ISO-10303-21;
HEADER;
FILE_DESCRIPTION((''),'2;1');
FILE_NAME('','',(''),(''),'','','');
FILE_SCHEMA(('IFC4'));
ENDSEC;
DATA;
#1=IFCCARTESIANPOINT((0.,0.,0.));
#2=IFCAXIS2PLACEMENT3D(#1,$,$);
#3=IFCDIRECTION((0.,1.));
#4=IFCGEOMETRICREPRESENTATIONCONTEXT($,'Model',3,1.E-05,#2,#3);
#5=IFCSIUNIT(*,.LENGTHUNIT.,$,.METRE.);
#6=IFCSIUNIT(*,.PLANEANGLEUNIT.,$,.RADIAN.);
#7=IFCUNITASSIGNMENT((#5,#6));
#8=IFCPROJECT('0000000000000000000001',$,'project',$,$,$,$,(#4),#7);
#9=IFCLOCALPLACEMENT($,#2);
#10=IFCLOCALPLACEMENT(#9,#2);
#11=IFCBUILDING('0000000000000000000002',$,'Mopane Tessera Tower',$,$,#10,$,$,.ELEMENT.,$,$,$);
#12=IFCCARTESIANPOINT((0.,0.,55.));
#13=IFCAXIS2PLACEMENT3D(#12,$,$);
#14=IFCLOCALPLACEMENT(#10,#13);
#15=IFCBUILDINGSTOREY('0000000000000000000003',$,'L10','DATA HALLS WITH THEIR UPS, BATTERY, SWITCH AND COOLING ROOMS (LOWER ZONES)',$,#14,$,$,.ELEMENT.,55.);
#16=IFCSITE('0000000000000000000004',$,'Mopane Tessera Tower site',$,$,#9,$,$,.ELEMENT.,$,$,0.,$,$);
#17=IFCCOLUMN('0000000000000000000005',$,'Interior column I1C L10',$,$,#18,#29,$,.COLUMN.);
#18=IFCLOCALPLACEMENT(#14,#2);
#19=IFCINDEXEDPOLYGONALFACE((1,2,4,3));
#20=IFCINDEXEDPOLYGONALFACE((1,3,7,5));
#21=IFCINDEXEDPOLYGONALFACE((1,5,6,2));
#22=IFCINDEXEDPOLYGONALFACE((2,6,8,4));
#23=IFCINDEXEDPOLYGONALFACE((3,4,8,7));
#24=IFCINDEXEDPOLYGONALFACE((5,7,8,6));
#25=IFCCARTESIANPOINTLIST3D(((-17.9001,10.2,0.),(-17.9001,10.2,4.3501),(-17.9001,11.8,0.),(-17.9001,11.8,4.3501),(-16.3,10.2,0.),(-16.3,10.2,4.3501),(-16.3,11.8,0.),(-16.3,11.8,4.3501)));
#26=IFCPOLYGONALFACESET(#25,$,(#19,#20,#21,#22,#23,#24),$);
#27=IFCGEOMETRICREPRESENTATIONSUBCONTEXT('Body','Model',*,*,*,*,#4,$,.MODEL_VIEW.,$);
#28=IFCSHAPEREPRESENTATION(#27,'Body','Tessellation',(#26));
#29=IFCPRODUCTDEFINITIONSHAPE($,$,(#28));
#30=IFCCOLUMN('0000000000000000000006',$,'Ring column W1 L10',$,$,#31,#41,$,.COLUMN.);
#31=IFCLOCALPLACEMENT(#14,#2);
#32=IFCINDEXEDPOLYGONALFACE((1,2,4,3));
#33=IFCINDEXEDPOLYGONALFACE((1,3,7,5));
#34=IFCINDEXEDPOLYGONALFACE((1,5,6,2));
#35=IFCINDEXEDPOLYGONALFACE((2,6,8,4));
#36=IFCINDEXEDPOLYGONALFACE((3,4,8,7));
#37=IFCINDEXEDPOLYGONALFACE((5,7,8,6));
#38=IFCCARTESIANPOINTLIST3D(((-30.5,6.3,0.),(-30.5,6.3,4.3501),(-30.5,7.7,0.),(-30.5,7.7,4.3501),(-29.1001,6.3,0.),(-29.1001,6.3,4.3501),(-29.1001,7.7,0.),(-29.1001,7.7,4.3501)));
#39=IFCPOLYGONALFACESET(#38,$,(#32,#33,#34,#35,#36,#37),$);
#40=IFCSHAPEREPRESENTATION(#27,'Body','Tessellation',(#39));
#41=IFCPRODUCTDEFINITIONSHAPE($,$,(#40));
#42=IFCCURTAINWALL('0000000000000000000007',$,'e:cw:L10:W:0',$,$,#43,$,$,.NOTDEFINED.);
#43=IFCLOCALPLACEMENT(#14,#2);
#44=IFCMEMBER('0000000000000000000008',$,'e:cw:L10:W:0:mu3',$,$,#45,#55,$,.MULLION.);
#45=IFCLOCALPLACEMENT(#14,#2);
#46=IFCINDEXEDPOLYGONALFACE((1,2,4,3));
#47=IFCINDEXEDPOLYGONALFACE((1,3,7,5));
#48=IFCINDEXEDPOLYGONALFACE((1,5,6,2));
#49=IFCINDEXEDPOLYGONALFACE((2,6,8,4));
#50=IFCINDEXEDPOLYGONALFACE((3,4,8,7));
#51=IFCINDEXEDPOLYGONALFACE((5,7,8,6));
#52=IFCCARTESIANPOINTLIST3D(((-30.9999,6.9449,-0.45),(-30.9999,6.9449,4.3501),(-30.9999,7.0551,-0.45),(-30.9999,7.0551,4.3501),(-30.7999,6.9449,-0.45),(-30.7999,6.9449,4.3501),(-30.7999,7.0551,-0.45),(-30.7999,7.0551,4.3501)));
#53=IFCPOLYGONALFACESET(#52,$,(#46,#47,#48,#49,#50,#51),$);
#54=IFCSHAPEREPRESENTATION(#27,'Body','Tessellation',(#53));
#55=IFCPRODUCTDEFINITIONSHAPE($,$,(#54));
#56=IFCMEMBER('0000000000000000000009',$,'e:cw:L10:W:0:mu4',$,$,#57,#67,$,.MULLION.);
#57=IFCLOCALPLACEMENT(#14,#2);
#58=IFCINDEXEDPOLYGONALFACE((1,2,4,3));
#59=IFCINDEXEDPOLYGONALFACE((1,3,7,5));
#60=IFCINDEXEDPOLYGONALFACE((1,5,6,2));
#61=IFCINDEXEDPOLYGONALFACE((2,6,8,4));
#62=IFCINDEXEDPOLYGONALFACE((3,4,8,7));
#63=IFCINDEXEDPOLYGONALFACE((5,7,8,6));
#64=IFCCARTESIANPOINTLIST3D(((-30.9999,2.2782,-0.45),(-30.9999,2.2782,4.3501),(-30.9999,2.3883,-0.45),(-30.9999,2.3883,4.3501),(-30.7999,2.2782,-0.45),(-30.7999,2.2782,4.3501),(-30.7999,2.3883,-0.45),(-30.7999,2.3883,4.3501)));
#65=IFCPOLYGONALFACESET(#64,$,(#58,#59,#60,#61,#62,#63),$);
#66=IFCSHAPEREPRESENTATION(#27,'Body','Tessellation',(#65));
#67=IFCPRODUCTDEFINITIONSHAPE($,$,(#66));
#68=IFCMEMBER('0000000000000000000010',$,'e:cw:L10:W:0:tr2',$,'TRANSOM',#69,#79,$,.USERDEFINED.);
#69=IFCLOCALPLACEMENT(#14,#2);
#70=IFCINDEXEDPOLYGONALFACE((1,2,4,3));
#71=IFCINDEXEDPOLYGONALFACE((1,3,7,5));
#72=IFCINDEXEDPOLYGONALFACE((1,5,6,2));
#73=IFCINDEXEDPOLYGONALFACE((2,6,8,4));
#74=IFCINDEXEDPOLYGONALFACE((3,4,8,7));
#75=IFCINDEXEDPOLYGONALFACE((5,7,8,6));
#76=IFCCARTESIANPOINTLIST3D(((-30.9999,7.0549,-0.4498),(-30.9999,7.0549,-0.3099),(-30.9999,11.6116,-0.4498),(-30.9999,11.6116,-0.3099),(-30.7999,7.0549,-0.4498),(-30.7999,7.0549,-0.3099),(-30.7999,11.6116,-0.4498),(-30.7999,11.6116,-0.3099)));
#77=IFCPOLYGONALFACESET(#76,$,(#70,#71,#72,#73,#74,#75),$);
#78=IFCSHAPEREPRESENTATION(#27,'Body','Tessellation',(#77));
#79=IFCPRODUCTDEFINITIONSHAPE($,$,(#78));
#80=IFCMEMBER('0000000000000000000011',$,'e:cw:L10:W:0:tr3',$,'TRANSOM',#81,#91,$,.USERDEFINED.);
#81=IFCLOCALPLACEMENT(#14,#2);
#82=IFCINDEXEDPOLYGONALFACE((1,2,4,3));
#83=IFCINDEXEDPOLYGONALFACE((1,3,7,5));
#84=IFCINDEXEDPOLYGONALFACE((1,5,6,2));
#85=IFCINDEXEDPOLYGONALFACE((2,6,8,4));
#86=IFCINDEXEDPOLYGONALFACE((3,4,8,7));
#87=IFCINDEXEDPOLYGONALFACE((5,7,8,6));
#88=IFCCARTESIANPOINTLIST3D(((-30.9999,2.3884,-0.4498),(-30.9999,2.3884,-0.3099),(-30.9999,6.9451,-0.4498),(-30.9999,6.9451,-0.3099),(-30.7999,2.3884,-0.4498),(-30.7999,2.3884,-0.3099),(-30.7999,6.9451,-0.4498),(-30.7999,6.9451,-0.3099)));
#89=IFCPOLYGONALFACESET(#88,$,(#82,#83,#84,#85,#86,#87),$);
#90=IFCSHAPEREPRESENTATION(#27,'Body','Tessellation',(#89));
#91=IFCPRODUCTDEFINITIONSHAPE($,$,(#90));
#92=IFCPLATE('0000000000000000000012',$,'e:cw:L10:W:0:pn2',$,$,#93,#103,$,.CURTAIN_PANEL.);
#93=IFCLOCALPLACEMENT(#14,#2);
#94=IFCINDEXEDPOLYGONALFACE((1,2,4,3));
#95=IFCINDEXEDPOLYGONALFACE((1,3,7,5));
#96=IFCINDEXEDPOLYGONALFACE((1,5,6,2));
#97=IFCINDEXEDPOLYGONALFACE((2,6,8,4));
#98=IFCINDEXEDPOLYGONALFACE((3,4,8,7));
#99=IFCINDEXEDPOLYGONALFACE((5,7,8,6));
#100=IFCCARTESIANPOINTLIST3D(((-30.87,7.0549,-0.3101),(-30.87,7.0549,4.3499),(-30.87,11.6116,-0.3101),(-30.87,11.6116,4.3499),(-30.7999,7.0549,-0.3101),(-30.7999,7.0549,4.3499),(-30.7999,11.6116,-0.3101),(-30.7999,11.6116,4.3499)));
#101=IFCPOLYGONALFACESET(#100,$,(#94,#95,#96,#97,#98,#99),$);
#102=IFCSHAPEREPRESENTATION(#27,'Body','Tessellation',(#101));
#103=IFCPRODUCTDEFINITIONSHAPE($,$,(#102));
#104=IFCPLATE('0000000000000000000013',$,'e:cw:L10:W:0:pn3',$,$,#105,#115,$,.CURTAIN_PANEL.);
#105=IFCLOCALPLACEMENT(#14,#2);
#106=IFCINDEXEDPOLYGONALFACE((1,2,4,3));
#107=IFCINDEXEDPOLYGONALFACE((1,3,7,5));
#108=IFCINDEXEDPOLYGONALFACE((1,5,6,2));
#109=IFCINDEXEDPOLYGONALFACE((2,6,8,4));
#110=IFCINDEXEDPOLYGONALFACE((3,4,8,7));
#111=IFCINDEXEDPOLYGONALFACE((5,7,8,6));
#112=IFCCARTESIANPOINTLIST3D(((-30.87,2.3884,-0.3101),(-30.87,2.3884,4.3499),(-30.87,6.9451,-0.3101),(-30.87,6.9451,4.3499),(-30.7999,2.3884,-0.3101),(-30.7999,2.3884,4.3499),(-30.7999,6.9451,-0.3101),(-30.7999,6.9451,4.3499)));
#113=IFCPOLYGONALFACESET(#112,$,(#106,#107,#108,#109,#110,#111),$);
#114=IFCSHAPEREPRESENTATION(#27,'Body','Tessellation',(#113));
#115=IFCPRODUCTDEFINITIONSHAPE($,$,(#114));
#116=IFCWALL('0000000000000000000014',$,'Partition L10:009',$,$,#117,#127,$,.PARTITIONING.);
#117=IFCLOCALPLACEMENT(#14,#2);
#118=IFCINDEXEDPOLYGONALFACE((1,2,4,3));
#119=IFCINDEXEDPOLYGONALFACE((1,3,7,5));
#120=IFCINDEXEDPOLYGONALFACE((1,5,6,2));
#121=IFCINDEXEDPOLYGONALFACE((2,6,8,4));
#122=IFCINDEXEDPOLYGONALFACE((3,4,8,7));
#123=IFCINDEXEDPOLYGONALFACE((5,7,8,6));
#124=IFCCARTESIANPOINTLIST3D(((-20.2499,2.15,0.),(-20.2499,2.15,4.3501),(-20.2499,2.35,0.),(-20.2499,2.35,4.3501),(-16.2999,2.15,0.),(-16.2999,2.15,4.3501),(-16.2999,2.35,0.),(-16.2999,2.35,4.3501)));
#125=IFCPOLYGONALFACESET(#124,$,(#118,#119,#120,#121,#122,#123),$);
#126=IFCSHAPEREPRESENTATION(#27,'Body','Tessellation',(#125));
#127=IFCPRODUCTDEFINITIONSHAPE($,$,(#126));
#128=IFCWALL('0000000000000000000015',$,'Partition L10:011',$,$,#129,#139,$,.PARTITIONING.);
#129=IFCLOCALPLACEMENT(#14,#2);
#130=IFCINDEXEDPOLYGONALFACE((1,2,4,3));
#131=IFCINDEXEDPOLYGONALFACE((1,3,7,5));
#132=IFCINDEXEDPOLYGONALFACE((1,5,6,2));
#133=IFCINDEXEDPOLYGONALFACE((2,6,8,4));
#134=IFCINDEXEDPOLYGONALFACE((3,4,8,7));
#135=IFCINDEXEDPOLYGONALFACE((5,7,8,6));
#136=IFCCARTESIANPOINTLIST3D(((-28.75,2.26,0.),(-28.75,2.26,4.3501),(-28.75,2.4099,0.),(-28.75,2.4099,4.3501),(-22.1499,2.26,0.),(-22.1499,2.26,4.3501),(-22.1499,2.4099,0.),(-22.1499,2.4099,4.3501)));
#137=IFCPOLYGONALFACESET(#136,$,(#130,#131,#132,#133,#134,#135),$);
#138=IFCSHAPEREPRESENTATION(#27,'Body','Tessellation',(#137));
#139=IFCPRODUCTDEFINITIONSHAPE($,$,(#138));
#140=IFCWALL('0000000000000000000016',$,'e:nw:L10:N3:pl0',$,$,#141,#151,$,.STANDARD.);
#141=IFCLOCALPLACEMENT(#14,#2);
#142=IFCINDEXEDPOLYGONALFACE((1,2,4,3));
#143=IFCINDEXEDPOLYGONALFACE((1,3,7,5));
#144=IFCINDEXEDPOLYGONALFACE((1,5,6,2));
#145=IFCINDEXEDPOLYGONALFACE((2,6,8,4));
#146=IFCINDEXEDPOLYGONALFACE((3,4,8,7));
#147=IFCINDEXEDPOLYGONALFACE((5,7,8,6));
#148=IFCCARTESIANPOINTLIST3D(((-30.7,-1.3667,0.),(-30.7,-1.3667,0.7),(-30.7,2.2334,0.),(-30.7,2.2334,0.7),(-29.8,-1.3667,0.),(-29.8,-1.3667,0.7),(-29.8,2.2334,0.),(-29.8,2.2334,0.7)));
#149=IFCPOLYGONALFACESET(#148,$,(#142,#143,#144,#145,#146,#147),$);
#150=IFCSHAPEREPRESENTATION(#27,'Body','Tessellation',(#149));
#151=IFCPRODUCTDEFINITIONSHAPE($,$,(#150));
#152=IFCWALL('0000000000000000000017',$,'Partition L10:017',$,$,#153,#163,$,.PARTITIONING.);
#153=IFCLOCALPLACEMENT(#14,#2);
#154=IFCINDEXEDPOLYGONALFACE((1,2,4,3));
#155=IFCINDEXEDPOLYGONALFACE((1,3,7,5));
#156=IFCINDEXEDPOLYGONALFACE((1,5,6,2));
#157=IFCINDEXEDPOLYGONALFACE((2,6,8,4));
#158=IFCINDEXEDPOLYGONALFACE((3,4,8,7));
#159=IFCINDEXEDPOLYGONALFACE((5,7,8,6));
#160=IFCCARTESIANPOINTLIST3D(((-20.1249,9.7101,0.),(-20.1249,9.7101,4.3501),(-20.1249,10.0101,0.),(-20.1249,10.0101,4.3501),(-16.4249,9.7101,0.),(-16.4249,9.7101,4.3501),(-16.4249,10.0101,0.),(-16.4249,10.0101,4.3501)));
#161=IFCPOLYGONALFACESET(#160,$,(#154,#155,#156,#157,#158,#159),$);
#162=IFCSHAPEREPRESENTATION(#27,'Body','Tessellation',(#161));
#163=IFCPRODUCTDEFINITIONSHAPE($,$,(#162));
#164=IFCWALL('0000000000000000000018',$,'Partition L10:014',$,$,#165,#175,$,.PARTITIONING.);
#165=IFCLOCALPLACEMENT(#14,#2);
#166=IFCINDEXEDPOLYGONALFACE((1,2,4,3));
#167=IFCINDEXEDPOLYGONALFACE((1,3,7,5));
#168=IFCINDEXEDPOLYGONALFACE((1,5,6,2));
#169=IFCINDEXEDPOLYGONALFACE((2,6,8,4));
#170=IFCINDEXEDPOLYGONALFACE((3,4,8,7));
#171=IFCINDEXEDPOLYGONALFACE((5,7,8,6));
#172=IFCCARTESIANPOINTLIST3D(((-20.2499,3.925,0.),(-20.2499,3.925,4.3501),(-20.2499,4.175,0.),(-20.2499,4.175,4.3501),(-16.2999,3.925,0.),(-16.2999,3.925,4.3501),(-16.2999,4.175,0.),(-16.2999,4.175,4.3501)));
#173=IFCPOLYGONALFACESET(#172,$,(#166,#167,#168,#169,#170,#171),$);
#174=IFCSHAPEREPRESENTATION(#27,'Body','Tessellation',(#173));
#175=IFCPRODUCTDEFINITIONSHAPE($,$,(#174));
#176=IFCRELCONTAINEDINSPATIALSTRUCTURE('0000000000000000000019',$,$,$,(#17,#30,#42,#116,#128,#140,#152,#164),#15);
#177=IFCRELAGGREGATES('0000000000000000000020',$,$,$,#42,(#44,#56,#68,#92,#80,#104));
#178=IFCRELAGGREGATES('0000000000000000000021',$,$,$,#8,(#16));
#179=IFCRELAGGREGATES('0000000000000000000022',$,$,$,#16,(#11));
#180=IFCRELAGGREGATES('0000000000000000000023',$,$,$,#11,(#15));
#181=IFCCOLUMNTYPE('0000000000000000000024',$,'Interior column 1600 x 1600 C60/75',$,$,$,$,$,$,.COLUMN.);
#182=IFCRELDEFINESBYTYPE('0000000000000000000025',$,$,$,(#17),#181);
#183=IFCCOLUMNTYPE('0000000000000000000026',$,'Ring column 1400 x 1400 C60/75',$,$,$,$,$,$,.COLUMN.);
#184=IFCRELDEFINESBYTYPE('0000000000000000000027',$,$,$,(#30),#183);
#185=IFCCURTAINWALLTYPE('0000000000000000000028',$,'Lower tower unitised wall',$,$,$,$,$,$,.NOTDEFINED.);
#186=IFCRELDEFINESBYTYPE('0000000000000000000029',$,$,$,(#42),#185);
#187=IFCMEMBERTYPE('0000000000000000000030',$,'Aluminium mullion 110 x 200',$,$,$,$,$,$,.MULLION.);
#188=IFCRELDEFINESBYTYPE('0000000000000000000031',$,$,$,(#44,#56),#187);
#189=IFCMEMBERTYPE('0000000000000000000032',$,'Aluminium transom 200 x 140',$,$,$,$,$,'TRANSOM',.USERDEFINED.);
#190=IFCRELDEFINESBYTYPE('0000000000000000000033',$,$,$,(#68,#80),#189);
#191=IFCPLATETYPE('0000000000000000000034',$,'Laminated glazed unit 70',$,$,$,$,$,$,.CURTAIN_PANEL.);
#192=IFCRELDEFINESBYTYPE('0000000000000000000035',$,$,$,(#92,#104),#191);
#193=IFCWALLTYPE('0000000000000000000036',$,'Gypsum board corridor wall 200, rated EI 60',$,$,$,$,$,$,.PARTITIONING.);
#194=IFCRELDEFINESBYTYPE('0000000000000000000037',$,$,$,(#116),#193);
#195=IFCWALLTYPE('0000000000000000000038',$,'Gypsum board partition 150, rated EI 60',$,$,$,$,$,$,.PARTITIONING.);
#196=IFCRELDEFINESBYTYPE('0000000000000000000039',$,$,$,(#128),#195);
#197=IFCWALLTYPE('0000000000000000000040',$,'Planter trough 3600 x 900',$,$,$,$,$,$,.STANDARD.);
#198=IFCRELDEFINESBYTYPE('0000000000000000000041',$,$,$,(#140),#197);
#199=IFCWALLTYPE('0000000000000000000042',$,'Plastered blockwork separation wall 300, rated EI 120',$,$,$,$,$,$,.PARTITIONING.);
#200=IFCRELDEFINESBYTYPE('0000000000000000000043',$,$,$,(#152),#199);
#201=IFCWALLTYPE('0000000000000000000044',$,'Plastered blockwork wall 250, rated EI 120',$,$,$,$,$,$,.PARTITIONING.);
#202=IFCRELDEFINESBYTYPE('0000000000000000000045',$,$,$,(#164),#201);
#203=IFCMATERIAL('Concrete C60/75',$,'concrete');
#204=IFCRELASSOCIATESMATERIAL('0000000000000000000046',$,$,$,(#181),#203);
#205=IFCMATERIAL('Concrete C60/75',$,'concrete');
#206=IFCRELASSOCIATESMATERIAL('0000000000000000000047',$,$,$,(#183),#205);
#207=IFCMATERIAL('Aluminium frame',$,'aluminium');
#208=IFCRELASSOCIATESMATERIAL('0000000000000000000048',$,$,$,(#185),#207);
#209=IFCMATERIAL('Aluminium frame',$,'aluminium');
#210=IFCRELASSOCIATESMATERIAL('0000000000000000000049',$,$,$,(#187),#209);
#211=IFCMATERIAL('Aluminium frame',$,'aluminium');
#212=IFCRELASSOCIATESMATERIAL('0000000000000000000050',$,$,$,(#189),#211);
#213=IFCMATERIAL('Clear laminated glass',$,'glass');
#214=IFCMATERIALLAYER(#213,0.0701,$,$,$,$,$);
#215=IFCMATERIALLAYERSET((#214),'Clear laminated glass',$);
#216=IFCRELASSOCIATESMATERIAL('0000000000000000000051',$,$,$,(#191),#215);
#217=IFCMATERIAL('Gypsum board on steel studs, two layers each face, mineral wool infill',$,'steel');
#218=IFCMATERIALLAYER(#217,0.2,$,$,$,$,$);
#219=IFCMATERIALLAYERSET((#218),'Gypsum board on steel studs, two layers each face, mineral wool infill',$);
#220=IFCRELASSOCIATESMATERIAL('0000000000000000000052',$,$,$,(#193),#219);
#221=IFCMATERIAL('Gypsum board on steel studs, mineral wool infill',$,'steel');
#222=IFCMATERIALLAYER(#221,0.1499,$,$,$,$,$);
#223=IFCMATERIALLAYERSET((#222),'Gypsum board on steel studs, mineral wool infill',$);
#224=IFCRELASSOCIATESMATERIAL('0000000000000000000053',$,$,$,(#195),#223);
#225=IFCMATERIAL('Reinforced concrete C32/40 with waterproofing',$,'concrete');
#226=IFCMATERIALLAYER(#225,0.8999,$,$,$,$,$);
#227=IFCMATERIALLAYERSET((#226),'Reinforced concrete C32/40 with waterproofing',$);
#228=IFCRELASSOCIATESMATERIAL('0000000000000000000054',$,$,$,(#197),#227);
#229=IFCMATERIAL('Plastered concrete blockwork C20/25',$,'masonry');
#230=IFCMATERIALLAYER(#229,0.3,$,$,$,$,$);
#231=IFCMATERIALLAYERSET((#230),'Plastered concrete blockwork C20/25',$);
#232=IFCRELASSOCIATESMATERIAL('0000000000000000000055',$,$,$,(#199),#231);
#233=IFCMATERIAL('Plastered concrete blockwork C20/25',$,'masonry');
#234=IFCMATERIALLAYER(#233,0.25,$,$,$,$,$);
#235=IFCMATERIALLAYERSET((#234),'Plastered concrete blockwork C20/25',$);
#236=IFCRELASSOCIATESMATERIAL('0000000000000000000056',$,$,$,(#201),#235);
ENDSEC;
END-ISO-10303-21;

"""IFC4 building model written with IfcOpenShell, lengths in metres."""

from ifc_helpers import new_model, si_unit, direction, frame, frame_2d, origin, origin_2d, place, context, subcontext, project, spatial, rectangle, extrude, material, layer, layer_set, material_profile, profile_set, type_object, element, aggregate, save


model = new_model("IFC4")

# Units and contexts
model_context = context("Model", 3, precision=1e-05, world=origin(), true_north=direction((0.0, 1.0)))
body_context = subcontext(model_context, "Body", "Model", "MODEL_VIEW")
ifc_project = project(units=[si_unit("LENGTHUNIT", "METRE"), si_unit("PLANEANGLEUNIT", "RADIAN")], contexts=[model_context])

# Site, building, storey
site_placement = place(None, origin())
site = spatial("IfcSite", under=ifc_project, at=site_placement, Name="Mopane Tessera Tower site", CompositionType="ELEMENT", RefElevation=0.0)
building_placement = place(site_placement, origin())
building = spatial("IfcBuilding", under=site, at=building_placement, Name="Mopane Tessera Tower", CompositionType="ELEMENT")
storey_placement = place(building_placement, frame((0.0, 0.0, 55.0)))
storey = spatial("IfcBuildingStorey", under=building, at=storey_placement, Name="L10", Description="DATA HALLS WITH THEIR UPS, BATTERY, SWITCH AND COOLING ROOMS (LOWER ZONES)", CompositionType="ELEMENT", Elevation=55.0)

# Columns
ifc_material_1 = material(Name="Concrete C60/75", Category="concrete")
ifc_material_profile_1 = material_profile(ifc_material_1, rectangle(XDim=1.6001, YDim=1.6001, at=origin_2d()))
ifc_profile_set_1 = profile_set([ifc_material_profile_1], Name="Concrete C60/75")
column_type_1 = type_object("IfcColumnType", Name="Interior column 1600 x 1600 C60/75", PredefinedType="COLUMN", material=ifc_profile_set_1)
column_1_placement = place(storey_placement, frame((-17.1001, 11.0, 0.0), z_axis=(0.0, 0.0, 1.0), x_axis=(1.0, 0.0, 0.0)))
element("IfcColumn", 1, at=column_1_placement, inside=storey, type_object=column_type_1, Name="Interior column I1C L10", PredefinedType="COLUMN", context=body_context, shape_type="SweptSolid", body=[
    extrude(rectangle(XDim=1.6001, YDim=1.6001, at=origin_2d()), origin(), (0.0, 0.0, 1.0), 4.3501),
])
ifc_material_2 = material(Name="Concrete C60/75", Category="concrete")
ifc_material_profile_2 = material_profile(ifc_material_2, rectangle(XDim=1.3999, YDim=1.3999, at=origin_2d()))
ifc_profile_set_2 = profile_set([ifc_material_profile_2], Name="Concrete C60/75")
column_type_2 = type_object("IfcColumnType", Name="Ring column 1400 x 1400 C60/75", PredefinedType="COLUMN", material=ifc_profile_set_2)
column_2_placement = place(storey_placement, frame((-29.8, 7.0, 0.0), z_axis=(0.0, 0.0, 1.0), x_axis=(1.0, 0.0, 0.0)))
element("IfcColumn", 2, at=column_2_placement, inside=storey, type_object=column_type_2, Name="Ring column W1 L10", PredefinedType="COLUMN", context=body_context, shape_type="SweptSolid", body=[
    extrude(rectangle(XDim=1.3999, YDim=1.3999, at=origin_2d()), origin(), (0.0, 0.0, 1.0), 4.3501),
])

# Curtain wall, members, plates
ifc_material_3 = material(Name="Aluminium frame", Category="aluminium")
curtain_wall_type = type_object("IfcCurtainWallType", Name="Lower tower unitised wall", PredefinedType="NOTDEFINED", material=ifc_material_3)
curtain_wall_placement = place(storey_placement, origin())
curtain_wall = element("IfcCurtainWall", 3, at=curtain_wall_placement, inside=storey, type_object=curtain_wall_type, Name="e:cw:L10:W:0", PredefinedType="NOTDEFINED")
ifc_material_4 = material(Name="Aluminium frame", Category="aluminium")
ifc_material_profile_3 = material_profile(ifc_material_4, rectangle(XDim=0.1101, YDim=0.2, at=origin_2d()))
ifc_profile_set_3 = profile_set([ifc_material_profile_3], Name="Aluminium frame")
member_type_1 = type_object("IfcMemberType", Name="Aluminium mullion 110 x 200", PredefinedType="MULLION", material=ifc_profile_set_3)
member_1_placement = place(storey_placement, frame((-30.8999, 7.0, -0.45), z_axis=(0.0, 0.0, 1.0), x_axis=(0.0, -1.0, 0.0)))
member_1 = element("IfcMember", 4, at=member_1_placement, type_object=member_type_1, Name="e:cw:L10:W:0:mu3", PredefinedType="MULLION", context=body_context, shape_type="SweptSolid", body=[
    extrude(rectangle(XDim=0.1101, YDim=0.2, at=origin_2d()), origin(), (0.0, 0.0, 1.0), 4.8),
])
member_2_placement = place(storey_placement, frame((-30.8999, 2.3333, -0.45), z_axis=(0.0, 0.0, 1.0), x_axis=(0.0, -1.0, 0.0)))
member_2 = element("IfcMember", 5, at=member_2_placement, type_object=member_type_1, Name="e:cw:L10:W:0:mu4", PredefinedType="MULLION", context=body_context, shape_type="SweptSolid", body=[
    extrude(rectangle(XDim=0.1101, YDim=0.2, at=origin_2d()), origin(), (0.0, 0.0, 1.0), 4.8),
])
ifc_material_5 = material(Name="Aluminium frame", Category="aluminium")
ifc_material_profile_4 = material_profile(ifc_material_5, rectangle(XDim=0.2, YDim=0.1399, at=origin_2d()))
ifc_profile_set_4 = profile_set([ifc_material_profile_4], Name="Aluminium frame")
member_type_2 = type_object("IfcMemberType", Name="Aluminium transom 200 x 140", ElementType="TRANSOM", PredefinedType="USERDEFINED", material=ifc_profile_set_4)
member_3_placement = place(storey_placement, frame((-30.8999, 11.6116, -0.3799), z_axis=(0.0, -1.0, 0.0), x_axis=(1.0, 0.0, 0.0)))
member_3 = element("IfcMember", 6, at=member_3_placement, type_object=member_type_2, Name="e:cw:L10:W:0:tr2", ObjectType="TRANSOM", PredefinedType="USERDEFINED", context=body_context, shape_type="SweptSolid", body=[
    extrude(rectangle(XDim=0.2, YDim=0.1399, at=origin_2d()), origin(), (0.0, 0.0, 1.0), 4.5566),
])
member_4_placement = place(storey_placement, frame((-30.8999, 6.9451, -0.3799), z_axis=(0.0, -1.0, 0.0), x_axis=(1.0, 0.0, 0.0)))
member_4 = element("IfcMember", 7, at=member_4_placement, type_object=member_type_2, Name="e:cw:L10:W:0:tr3", ObjectType="TRANSOM", PredefinedType="USERDEFINED", context=body_context, shape_type="SweptSolid", body=[
    extrude(rectangle(XDim=0.2, YDim=0.1399, at=origin_2d()), origin(), (0.0, 0.0, 1.0), 4.5566),
])
ifc_material_6 = material(Name="Clear laminated glass", Category="glass")
ifc_layer_1 = layer(ifc_material_6, 0.0701)
ifc_layer_set_1 = layer_set([ifc_layer_1], Name="Clear laminated glass")
plate_type = type_object("IfcPlateType", Name="Laminated glazed unit 70", PredefinedType="CURTAIN_PANEL", material=ifc_layer_set_1)
plate_1_placement = place(storey_placement, frame((-30.835, 9.3333, -0.3101), z_axis=(0.0, 0.0, 1.0), x_axis=(0.0, -1.0, 0.0)))
plate_1 = element("IfcPlate", 8, at=plate_1_placement, type_object=plate_type, Name="e:cw:L10:W:0:pn2", PredefinedType="CURTAIN_PANEL", context=body_context, shape_type="SweptSolid", body=[
    extrude(rectangle(XDim=4.5566, YDim=0.0701, at=origin_2d()), origin(), (0.0, 0.0, 1.0), 4.6599),
])
plate_2_placement = place(storey_placement, frame((-30.835, 4.6667, -0.3101), z_axis=(0.0, 0.0, 1.0), x_axis=(0.0, -1.0, 0.0)))
plate_2 = element("IfcPlate", 9, at=plate_2_placement, type_object=plate_type, Name="e:cw:L10:W:0:pn3", PredefinedType="CURTAIN_PANEL", context=body_context, shape_type="SweptSolid", body=[
    extrude(rectangle(XDim=4.5566, YDim=0.0701, at=origin_2d()), origin(), (0.0, 0.0, 1.0), 4.6599),
])
aggregate(curtain_wall, [member_1, member_2, member_3, plate_1, member_4, plate_2])

# Walls
ifc_material_7 = material(Name="Gypsum board on steel studs, two layers each face, mineral wool infill", Category="steel")
ifc_layer_2 = layer(ifc_material_7, 0.2)
ifc_layer_set_2 = layer_set([ifc_layer_2], Name="Gypsum board on steel studs, two layers each face, mineral wool infill")
wall_type_1 = type_object("IfcWallType", Name="Gypsum board corridor wall 200, rated EI 60", PredefinedType="PARTITIONING", material=ifc_layer_set_2)
wall_1_placement = place(storey_placement, frame((-20.25, 2.25, 0.0), z_axis=(0.0, 0.0, 1.0), x_axis=(1.0, 0.0, 0.0)))
element("IfcWall", 10, at=wall_1_placement, inside=storey, type_object=wall_type_1, Name="Partition L10:009", PredefinedType="PARTITIONING", context=body_context, shape_type="SweptSolid", body=[
    extrude(rectangle(XDim=3.95, YDim=0.2, at=frame_2d((1.9751, 0.0))), origin(), (0.0, 0.0, 1.0), 4.3501),
])
ifc_material_8 = material(Name="Gypsum board on steel studs, mineral wool infill", Category="steel")
ifc_layer_3 = layer(ifc_material_8, 0.1499)
ifc_layer_set_3 = layer_set([ifc_layer_3], Name="Gypsum board on steel studs, mineral wool infill")
wall_type_2 = type_object("IfcWallType", Name="Gypsum board partition 150, rated EI 60", PredefinedType="PARTITIONING", material=ifc_layer_set_3)
wall_2_placement = place(storey_placement, frame((-28.75, 2.335, 0.0), z_axis=(0.0, 0.0, 1.0), x_axis=(1.0, 0.0, 0.0)))
element("IfcWall", 11, at=wall_2_placement, inside=storey, type_object=wall_type_2, Name="Partition L10:011", PredefinedType="PARTITIONING", context=body_context, shape_type="SweptSolid", body=[
    extrude(rectangle(XDim=6.6001, YDim=0.1499, at=frame_2d((3.3, 0.0))), origin(), (0.0, 0.0, 1.0), 4.3501),
])
ifc_material_9 = material(Name="Reinforced concrete C32/40 with waterproofing", Category="concrete")
ifc_layer_4 = layer(ifc_material_9, 0.8999)
ifc_layer_set_4 = layer_set([ifc_layer_4], Name="Reinforced concrete C32/40 with waterproofing")
wall_type_3 = type_object("IfcWallType", Name="Planter trough 3600 x 900", PredefinedType="STANDARD", material=ifc_layer_set_4)
wall_3_placement = place(storey_placement, frame((-30.25, 2.2334, 0.0), z_axis=(0.0, 0.0, 1.0), x_axis=(0.0, -1.0, 0.0)))
element("IfcWall", 12, at=wall_3_placement, inside=storey, type_object=wall_type_3, Name="e:nw:L10:N3:pl0", PredefinedType="STANDARD", context=body_context, shape_type="SweptSolid", body=[
    extrude(rectangle(XDim=3.6001, YDim=0.8999, at=frame_2d((1.8, 0.0))), origin(), (0.0, 0.0, 1.0), 0.7),
])
ifc_material_10 = material(Name="Plastered concrete blockwork C20/25", Category="masonry")
ifc_layer_5 = layer(ifc_material_10, 0.3)
ifc_layer_set_5 = layer_set([ifc_layer_5], Name="Plastered concrete blockwork C20/25")
wall_type_4 = type_object("IfcWallType", Name="Plastered blockwork separation wall 300, rated EI 120", PredefinedType="PARTITIONING", material=ifc_layer_set_5)
wall_4_placement = place(storey_placement, frame((-20.125, 9.8601, 0.0), z_axis=(0.0, 0.0, 1.0), x_axis=(1.0, 0.0, 0.0)))
element("IfcWall", 13, at=wall_4_placement, inside=storey, type_object=wall_type_4, Name="Partition L10:017", PredefinedType="PARTITIONING", context=body_context, shape_type="SweptSolid", body=[
    extrude(rectangle(XDim=3.7, YDim=0.3, at=frame_2d((1.8501, 0.0))), origin(), (0.0, 0.0, 1.0), 4.3501),
])
ifc_material_11 = material(Name="Plastered concrete blockwork C20/25", Category="masonry")
ifc_layer_6 = layer(ifc_material_11, 0.25)
ifc_layer_set_6 = layer_set([ifc_layer_6], Name="Plastered concrete blockwork C20/25")
wall_type_5 = type_object("IfcWallType", Name="Plastered blockwork wall 250, rated EI 120", PredefinedType="PARTITIONING", material=ifc_layer_set_6)
wall_5_placement = place(storey_placement, frame((-20.25, 4.05, 0.0), z_axis=(0.0, 0.0, 1.0), x_axis=(1.0, 0.0, 0.0)))
element("IfcWall", 14, at=wall_5_placement, inside=storey, type_object=wall_type_5, Name="Partition L10:014", PredefinedType="PARTITIONING", context=body_context, shape_type="SweptSolid", body=[
    extrude(rectangle(XDim=3.95, YDim=0.25, at=frame_2d((1.9751, 0.0))), origin(), (0.0, 0.0, 1.0), 4.3501),
])

save(model, "model.ifc")
